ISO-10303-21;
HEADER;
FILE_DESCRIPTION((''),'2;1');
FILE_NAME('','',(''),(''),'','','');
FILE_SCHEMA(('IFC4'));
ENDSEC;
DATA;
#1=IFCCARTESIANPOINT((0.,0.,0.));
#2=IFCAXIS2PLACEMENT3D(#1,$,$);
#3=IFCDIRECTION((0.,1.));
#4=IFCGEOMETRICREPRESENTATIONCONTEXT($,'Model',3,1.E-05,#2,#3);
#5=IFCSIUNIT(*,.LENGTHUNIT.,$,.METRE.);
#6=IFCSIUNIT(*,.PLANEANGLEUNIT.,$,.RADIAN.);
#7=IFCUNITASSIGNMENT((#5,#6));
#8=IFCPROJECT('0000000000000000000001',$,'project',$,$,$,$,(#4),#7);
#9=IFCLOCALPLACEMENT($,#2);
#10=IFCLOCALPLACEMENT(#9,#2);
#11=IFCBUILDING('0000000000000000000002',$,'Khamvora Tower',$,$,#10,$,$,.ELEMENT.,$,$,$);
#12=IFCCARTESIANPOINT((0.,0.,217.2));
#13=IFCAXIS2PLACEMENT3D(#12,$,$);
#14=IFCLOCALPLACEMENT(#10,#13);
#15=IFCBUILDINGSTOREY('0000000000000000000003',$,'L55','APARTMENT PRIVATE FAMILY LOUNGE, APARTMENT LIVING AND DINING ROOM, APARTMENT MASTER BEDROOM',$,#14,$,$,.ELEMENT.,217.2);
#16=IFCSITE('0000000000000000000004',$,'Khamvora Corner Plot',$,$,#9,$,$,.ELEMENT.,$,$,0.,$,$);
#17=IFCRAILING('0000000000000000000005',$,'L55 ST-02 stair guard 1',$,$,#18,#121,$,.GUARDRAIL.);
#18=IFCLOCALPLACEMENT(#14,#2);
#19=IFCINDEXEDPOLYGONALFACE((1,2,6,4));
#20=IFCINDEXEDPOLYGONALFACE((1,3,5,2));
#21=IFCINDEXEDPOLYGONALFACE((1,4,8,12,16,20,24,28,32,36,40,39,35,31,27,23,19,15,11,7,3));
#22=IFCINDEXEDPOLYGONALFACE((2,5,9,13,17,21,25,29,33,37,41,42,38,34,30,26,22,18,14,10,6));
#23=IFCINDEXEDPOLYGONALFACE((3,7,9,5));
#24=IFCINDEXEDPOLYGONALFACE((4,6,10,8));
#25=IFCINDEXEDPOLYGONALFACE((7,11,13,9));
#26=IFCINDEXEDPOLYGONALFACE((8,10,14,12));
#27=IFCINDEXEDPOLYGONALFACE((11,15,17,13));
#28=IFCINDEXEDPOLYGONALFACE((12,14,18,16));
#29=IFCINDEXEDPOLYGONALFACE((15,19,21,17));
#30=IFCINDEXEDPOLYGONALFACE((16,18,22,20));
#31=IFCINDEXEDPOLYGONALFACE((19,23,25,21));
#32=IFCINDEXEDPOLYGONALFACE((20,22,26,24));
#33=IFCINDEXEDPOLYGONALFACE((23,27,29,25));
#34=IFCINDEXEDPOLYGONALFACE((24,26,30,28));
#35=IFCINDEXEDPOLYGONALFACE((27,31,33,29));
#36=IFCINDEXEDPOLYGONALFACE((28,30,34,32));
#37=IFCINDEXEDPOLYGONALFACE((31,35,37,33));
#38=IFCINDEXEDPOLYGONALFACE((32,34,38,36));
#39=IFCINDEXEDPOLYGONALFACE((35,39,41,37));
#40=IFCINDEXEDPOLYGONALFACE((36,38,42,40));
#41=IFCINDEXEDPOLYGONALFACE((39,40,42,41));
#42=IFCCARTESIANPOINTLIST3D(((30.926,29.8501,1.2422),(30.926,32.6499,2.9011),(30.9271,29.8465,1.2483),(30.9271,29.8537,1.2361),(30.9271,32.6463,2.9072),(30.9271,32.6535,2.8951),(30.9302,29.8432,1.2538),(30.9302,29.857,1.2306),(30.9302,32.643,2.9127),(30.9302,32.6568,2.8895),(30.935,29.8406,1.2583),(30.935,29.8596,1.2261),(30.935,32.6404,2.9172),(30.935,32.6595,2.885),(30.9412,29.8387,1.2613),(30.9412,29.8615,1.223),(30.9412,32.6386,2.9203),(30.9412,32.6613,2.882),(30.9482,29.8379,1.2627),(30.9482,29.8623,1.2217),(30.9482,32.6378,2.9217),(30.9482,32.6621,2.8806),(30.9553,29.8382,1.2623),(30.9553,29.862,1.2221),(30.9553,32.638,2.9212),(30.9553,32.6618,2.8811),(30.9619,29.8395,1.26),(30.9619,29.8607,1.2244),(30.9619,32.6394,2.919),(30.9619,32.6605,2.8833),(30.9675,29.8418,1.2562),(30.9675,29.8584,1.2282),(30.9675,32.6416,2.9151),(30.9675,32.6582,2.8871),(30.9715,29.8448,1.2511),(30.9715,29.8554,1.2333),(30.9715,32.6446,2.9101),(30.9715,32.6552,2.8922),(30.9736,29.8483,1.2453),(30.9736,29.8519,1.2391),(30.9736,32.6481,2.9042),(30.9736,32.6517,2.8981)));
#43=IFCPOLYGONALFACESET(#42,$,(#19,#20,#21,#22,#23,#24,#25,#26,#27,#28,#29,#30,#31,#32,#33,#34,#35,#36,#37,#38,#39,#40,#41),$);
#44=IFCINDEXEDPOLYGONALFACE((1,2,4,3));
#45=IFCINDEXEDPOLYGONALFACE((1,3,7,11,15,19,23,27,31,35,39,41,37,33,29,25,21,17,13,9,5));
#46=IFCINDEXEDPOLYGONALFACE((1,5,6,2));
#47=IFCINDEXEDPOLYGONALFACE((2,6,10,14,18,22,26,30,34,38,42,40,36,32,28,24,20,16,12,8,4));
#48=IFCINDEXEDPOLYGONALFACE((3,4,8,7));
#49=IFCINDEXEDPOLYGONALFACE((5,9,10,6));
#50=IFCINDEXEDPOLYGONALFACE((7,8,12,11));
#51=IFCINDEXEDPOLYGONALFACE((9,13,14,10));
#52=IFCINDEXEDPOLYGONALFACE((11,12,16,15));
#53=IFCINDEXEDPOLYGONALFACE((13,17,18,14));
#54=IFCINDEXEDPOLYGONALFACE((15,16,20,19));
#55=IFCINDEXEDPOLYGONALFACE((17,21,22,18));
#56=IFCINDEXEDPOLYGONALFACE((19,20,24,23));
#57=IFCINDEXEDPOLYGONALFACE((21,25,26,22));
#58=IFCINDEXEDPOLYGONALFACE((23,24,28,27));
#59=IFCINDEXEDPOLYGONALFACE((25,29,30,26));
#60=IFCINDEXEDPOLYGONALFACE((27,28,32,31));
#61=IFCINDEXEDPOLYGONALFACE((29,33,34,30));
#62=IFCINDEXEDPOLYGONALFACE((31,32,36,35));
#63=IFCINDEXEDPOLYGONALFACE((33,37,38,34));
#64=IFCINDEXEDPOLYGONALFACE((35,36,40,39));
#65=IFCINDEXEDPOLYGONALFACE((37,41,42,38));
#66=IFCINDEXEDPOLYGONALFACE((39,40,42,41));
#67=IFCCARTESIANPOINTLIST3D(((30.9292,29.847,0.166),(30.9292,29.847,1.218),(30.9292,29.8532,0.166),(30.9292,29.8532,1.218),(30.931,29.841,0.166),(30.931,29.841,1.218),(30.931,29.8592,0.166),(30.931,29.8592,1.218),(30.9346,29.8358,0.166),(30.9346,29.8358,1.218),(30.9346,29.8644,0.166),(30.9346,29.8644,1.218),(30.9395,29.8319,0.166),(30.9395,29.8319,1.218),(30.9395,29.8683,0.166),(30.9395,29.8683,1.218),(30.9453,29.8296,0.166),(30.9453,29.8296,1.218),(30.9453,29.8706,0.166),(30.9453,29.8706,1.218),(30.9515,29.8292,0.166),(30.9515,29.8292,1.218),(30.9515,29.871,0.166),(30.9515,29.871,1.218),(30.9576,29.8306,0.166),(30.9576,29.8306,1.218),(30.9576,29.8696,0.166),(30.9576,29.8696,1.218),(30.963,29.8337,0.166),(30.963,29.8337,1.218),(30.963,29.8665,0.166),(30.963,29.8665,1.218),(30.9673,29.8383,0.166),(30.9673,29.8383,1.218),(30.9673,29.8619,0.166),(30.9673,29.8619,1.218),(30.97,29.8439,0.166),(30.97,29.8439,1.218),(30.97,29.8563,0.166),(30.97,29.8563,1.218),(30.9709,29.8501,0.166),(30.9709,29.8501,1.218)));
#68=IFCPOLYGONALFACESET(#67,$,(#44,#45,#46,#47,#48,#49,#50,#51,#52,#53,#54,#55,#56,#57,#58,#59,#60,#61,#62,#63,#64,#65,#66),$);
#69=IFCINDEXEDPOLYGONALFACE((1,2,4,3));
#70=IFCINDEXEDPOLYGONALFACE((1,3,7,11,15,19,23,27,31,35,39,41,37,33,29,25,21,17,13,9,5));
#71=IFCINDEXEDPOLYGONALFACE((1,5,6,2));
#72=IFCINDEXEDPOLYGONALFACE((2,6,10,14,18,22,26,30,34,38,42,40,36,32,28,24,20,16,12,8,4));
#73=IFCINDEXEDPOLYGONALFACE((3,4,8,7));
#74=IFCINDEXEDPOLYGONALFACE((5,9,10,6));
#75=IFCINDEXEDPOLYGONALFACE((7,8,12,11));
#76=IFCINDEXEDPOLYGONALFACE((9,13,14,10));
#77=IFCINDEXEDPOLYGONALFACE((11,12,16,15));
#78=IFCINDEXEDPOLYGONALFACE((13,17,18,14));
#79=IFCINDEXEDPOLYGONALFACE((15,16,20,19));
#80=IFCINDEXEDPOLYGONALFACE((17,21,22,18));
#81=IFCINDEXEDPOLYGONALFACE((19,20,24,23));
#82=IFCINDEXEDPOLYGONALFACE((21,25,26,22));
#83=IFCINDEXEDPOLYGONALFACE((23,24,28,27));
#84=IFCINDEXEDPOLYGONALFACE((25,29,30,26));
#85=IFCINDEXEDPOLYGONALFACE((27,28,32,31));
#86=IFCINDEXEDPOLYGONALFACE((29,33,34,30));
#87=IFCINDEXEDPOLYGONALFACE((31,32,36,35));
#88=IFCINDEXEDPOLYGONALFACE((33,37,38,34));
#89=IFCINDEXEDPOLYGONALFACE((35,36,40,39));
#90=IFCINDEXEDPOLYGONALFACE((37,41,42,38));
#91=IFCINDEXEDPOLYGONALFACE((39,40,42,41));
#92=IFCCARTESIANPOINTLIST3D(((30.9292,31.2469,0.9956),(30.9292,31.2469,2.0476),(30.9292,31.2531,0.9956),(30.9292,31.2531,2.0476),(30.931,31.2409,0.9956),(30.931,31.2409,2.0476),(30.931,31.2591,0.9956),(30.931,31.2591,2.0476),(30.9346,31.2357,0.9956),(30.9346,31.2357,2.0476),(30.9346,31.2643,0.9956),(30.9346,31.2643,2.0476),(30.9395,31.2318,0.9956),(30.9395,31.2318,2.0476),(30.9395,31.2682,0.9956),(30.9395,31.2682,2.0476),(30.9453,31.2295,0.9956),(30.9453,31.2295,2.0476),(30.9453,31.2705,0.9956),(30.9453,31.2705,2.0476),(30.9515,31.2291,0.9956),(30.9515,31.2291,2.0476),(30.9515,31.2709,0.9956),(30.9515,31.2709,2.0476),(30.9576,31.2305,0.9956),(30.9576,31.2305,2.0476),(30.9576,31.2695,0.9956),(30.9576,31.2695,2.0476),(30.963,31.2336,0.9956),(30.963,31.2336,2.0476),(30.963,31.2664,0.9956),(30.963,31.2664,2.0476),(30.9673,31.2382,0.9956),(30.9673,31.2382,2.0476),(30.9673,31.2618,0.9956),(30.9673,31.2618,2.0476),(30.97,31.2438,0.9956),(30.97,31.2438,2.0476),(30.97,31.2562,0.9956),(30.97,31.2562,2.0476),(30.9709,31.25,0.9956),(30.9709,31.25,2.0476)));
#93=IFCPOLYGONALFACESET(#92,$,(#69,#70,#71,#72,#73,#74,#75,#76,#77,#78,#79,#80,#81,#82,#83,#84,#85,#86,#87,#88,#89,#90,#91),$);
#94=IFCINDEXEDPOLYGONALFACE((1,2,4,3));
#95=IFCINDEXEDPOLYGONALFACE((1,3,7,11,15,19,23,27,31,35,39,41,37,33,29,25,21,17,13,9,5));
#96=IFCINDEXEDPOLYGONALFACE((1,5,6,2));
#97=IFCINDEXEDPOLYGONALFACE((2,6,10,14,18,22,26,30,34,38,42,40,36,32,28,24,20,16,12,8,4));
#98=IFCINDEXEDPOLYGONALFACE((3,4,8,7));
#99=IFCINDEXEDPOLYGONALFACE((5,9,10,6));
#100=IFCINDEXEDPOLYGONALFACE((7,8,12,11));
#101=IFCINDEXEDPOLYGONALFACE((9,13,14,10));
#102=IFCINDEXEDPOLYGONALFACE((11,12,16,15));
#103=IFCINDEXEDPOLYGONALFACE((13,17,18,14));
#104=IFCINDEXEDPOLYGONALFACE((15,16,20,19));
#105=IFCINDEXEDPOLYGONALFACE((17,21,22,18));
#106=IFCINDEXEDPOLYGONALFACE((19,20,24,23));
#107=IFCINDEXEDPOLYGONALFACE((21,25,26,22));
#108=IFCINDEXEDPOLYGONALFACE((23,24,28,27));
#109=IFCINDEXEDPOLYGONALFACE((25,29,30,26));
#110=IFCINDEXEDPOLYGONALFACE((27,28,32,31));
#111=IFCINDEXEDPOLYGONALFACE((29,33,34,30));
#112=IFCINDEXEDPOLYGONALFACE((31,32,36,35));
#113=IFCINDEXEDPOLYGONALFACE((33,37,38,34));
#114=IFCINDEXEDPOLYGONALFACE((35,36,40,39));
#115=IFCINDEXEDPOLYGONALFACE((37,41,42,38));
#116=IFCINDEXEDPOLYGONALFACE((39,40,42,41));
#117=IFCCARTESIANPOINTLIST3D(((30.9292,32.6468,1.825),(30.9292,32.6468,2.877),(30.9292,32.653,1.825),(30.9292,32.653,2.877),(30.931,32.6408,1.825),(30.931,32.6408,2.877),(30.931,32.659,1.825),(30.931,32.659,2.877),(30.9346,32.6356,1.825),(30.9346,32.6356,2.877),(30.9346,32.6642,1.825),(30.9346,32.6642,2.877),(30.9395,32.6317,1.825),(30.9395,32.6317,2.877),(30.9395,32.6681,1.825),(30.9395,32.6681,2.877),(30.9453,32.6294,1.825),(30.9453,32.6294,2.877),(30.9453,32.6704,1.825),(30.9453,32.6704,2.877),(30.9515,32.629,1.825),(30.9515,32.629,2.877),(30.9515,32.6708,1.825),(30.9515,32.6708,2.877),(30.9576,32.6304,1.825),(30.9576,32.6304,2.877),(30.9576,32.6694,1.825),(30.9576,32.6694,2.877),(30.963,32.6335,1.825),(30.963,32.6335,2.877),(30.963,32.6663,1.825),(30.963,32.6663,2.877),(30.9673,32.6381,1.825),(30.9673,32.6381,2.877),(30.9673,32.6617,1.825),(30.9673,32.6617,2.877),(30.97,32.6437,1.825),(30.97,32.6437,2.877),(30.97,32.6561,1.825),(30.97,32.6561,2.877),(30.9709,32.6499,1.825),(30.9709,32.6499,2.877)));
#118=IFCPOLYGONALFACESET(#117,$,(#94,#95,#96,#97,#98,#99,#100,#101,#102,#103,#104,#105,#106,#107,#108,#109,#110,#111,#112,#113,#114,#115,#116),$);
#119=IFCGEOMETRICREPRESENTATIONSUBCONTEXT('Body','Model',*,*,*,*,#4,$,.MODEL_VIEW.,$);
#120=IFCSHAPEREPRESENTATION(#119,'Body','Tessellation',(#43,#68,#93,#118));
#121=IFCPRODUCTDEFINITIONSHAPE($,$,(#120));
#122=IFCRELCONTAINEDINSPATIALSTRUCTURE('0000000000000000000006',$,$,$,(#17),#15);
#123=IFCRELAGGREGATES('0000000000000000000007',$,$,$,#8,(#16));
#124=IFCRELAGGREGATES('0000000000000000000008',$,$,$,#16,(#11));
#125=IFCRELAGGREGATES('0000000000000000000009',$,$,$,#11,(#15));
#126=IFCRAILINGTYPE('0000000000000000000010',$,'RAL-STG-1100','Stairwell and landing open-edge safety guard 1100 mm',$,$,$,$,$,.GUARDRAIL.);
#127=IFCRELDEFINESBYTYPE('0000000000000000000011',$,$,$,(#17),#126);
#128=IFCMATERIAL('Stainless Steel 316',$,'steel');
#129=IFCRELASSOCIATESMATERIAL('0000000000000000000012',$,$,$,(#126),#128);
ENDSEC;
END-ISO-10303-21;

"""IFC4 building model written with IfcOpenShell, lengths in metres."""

from ifc_helpers import new_model, si_unit, direction, frame, origin, origin_2d, place, context, subcontext, project, spatial, circle, extrude, material, type_object, element, save


model = new_model("IFC4")

# Units and contexts
model_context = context("Model", 3, precision=1e-05, world=origin(), true_north=direction((0.0, 1.0)))
body_context = subcontext(model_context, "Body", "Model", "MODEL_VIEW")
ifc_project = project(units=[si_unit("LENGTHUNIT", "METRE"), si_unit("PLANEANGLEUNIT", "RADIAN")], contexts=[model_context])

# Site, building, storey
site_placement = place(None, origin())
site = spatial("IfcSite", under=ifc_project, at=site_placement, Name="Khamvora Corner Plot", CompositionType="ELEMENT", RefElevation=0.0)
building_placement = place(site_placement, origin())
building = spatial("IfcBuilding", under=site, at=building_placement, Name="Khamvora Tower", CompositionType="ELEMENT")
storey_placement = place(building_placement, frame((0.0, 0.0, 217.2)))
storey = spatial("IfcBuildingStorey", under=building, at=storey_placement, Name="L55", Description="APARTMENT PRIVATE FAMILY LOUNGE, APARTMENT LIVING AND DINING ROOM, APARTMENT MASTER BEDROOM", CompositionType="ELEMENT", Elevation=217.2)

# Railing
ifc_material_1 = material(Name="Stainless Steel 316", Category="steel")
railing_type_1 = type_object("IfcRailingType", Name="RAL-STG-1100", Description="Stairwell and landing open-edge safety guard 1100 mm", PredefinedType="GUARDRAIL", material=ifc_material_1)
railing_1_placement = place(storey_placement, frame((30.95, 29.8501, 0.166)))
element("IfcRailing", 1, at=railing_1_placement, inside=storey, type_object=railing_type_1, Name="L55 ST-02 stair guard 1", PredefinedType="GUARDRAIL", context=body_context, shape_type="SweptSolid", body=[
    extrude(circle(Radius=0.0239, at=origin_2d()), frame((0.0, 0.0, 1.0762), z_axis=(0.0, 0.86032, 0.509755), x_axis=(-1.0, 0.0, 0.0)), (0.0, 0.0, 1.0), 3.2544),
    extrude(circle(Radius=0.021, at=origin_2d()), origin(), (0.0, 0.0, 1.0), 1.052),
    extrude(circle(Radius=0.021, at=origin_2d()), frame((0.0, 1.3999, 0.8296)), (0.0, 0.0, 1.0), 1.052),
    extrude(circle(Radius=0.021, at=origin_2d()), frame((0.0, 2.7998, 1.6589)), (0.0, 0.0, 1.0), 1.052),
])

save(model, "model.ifc")
